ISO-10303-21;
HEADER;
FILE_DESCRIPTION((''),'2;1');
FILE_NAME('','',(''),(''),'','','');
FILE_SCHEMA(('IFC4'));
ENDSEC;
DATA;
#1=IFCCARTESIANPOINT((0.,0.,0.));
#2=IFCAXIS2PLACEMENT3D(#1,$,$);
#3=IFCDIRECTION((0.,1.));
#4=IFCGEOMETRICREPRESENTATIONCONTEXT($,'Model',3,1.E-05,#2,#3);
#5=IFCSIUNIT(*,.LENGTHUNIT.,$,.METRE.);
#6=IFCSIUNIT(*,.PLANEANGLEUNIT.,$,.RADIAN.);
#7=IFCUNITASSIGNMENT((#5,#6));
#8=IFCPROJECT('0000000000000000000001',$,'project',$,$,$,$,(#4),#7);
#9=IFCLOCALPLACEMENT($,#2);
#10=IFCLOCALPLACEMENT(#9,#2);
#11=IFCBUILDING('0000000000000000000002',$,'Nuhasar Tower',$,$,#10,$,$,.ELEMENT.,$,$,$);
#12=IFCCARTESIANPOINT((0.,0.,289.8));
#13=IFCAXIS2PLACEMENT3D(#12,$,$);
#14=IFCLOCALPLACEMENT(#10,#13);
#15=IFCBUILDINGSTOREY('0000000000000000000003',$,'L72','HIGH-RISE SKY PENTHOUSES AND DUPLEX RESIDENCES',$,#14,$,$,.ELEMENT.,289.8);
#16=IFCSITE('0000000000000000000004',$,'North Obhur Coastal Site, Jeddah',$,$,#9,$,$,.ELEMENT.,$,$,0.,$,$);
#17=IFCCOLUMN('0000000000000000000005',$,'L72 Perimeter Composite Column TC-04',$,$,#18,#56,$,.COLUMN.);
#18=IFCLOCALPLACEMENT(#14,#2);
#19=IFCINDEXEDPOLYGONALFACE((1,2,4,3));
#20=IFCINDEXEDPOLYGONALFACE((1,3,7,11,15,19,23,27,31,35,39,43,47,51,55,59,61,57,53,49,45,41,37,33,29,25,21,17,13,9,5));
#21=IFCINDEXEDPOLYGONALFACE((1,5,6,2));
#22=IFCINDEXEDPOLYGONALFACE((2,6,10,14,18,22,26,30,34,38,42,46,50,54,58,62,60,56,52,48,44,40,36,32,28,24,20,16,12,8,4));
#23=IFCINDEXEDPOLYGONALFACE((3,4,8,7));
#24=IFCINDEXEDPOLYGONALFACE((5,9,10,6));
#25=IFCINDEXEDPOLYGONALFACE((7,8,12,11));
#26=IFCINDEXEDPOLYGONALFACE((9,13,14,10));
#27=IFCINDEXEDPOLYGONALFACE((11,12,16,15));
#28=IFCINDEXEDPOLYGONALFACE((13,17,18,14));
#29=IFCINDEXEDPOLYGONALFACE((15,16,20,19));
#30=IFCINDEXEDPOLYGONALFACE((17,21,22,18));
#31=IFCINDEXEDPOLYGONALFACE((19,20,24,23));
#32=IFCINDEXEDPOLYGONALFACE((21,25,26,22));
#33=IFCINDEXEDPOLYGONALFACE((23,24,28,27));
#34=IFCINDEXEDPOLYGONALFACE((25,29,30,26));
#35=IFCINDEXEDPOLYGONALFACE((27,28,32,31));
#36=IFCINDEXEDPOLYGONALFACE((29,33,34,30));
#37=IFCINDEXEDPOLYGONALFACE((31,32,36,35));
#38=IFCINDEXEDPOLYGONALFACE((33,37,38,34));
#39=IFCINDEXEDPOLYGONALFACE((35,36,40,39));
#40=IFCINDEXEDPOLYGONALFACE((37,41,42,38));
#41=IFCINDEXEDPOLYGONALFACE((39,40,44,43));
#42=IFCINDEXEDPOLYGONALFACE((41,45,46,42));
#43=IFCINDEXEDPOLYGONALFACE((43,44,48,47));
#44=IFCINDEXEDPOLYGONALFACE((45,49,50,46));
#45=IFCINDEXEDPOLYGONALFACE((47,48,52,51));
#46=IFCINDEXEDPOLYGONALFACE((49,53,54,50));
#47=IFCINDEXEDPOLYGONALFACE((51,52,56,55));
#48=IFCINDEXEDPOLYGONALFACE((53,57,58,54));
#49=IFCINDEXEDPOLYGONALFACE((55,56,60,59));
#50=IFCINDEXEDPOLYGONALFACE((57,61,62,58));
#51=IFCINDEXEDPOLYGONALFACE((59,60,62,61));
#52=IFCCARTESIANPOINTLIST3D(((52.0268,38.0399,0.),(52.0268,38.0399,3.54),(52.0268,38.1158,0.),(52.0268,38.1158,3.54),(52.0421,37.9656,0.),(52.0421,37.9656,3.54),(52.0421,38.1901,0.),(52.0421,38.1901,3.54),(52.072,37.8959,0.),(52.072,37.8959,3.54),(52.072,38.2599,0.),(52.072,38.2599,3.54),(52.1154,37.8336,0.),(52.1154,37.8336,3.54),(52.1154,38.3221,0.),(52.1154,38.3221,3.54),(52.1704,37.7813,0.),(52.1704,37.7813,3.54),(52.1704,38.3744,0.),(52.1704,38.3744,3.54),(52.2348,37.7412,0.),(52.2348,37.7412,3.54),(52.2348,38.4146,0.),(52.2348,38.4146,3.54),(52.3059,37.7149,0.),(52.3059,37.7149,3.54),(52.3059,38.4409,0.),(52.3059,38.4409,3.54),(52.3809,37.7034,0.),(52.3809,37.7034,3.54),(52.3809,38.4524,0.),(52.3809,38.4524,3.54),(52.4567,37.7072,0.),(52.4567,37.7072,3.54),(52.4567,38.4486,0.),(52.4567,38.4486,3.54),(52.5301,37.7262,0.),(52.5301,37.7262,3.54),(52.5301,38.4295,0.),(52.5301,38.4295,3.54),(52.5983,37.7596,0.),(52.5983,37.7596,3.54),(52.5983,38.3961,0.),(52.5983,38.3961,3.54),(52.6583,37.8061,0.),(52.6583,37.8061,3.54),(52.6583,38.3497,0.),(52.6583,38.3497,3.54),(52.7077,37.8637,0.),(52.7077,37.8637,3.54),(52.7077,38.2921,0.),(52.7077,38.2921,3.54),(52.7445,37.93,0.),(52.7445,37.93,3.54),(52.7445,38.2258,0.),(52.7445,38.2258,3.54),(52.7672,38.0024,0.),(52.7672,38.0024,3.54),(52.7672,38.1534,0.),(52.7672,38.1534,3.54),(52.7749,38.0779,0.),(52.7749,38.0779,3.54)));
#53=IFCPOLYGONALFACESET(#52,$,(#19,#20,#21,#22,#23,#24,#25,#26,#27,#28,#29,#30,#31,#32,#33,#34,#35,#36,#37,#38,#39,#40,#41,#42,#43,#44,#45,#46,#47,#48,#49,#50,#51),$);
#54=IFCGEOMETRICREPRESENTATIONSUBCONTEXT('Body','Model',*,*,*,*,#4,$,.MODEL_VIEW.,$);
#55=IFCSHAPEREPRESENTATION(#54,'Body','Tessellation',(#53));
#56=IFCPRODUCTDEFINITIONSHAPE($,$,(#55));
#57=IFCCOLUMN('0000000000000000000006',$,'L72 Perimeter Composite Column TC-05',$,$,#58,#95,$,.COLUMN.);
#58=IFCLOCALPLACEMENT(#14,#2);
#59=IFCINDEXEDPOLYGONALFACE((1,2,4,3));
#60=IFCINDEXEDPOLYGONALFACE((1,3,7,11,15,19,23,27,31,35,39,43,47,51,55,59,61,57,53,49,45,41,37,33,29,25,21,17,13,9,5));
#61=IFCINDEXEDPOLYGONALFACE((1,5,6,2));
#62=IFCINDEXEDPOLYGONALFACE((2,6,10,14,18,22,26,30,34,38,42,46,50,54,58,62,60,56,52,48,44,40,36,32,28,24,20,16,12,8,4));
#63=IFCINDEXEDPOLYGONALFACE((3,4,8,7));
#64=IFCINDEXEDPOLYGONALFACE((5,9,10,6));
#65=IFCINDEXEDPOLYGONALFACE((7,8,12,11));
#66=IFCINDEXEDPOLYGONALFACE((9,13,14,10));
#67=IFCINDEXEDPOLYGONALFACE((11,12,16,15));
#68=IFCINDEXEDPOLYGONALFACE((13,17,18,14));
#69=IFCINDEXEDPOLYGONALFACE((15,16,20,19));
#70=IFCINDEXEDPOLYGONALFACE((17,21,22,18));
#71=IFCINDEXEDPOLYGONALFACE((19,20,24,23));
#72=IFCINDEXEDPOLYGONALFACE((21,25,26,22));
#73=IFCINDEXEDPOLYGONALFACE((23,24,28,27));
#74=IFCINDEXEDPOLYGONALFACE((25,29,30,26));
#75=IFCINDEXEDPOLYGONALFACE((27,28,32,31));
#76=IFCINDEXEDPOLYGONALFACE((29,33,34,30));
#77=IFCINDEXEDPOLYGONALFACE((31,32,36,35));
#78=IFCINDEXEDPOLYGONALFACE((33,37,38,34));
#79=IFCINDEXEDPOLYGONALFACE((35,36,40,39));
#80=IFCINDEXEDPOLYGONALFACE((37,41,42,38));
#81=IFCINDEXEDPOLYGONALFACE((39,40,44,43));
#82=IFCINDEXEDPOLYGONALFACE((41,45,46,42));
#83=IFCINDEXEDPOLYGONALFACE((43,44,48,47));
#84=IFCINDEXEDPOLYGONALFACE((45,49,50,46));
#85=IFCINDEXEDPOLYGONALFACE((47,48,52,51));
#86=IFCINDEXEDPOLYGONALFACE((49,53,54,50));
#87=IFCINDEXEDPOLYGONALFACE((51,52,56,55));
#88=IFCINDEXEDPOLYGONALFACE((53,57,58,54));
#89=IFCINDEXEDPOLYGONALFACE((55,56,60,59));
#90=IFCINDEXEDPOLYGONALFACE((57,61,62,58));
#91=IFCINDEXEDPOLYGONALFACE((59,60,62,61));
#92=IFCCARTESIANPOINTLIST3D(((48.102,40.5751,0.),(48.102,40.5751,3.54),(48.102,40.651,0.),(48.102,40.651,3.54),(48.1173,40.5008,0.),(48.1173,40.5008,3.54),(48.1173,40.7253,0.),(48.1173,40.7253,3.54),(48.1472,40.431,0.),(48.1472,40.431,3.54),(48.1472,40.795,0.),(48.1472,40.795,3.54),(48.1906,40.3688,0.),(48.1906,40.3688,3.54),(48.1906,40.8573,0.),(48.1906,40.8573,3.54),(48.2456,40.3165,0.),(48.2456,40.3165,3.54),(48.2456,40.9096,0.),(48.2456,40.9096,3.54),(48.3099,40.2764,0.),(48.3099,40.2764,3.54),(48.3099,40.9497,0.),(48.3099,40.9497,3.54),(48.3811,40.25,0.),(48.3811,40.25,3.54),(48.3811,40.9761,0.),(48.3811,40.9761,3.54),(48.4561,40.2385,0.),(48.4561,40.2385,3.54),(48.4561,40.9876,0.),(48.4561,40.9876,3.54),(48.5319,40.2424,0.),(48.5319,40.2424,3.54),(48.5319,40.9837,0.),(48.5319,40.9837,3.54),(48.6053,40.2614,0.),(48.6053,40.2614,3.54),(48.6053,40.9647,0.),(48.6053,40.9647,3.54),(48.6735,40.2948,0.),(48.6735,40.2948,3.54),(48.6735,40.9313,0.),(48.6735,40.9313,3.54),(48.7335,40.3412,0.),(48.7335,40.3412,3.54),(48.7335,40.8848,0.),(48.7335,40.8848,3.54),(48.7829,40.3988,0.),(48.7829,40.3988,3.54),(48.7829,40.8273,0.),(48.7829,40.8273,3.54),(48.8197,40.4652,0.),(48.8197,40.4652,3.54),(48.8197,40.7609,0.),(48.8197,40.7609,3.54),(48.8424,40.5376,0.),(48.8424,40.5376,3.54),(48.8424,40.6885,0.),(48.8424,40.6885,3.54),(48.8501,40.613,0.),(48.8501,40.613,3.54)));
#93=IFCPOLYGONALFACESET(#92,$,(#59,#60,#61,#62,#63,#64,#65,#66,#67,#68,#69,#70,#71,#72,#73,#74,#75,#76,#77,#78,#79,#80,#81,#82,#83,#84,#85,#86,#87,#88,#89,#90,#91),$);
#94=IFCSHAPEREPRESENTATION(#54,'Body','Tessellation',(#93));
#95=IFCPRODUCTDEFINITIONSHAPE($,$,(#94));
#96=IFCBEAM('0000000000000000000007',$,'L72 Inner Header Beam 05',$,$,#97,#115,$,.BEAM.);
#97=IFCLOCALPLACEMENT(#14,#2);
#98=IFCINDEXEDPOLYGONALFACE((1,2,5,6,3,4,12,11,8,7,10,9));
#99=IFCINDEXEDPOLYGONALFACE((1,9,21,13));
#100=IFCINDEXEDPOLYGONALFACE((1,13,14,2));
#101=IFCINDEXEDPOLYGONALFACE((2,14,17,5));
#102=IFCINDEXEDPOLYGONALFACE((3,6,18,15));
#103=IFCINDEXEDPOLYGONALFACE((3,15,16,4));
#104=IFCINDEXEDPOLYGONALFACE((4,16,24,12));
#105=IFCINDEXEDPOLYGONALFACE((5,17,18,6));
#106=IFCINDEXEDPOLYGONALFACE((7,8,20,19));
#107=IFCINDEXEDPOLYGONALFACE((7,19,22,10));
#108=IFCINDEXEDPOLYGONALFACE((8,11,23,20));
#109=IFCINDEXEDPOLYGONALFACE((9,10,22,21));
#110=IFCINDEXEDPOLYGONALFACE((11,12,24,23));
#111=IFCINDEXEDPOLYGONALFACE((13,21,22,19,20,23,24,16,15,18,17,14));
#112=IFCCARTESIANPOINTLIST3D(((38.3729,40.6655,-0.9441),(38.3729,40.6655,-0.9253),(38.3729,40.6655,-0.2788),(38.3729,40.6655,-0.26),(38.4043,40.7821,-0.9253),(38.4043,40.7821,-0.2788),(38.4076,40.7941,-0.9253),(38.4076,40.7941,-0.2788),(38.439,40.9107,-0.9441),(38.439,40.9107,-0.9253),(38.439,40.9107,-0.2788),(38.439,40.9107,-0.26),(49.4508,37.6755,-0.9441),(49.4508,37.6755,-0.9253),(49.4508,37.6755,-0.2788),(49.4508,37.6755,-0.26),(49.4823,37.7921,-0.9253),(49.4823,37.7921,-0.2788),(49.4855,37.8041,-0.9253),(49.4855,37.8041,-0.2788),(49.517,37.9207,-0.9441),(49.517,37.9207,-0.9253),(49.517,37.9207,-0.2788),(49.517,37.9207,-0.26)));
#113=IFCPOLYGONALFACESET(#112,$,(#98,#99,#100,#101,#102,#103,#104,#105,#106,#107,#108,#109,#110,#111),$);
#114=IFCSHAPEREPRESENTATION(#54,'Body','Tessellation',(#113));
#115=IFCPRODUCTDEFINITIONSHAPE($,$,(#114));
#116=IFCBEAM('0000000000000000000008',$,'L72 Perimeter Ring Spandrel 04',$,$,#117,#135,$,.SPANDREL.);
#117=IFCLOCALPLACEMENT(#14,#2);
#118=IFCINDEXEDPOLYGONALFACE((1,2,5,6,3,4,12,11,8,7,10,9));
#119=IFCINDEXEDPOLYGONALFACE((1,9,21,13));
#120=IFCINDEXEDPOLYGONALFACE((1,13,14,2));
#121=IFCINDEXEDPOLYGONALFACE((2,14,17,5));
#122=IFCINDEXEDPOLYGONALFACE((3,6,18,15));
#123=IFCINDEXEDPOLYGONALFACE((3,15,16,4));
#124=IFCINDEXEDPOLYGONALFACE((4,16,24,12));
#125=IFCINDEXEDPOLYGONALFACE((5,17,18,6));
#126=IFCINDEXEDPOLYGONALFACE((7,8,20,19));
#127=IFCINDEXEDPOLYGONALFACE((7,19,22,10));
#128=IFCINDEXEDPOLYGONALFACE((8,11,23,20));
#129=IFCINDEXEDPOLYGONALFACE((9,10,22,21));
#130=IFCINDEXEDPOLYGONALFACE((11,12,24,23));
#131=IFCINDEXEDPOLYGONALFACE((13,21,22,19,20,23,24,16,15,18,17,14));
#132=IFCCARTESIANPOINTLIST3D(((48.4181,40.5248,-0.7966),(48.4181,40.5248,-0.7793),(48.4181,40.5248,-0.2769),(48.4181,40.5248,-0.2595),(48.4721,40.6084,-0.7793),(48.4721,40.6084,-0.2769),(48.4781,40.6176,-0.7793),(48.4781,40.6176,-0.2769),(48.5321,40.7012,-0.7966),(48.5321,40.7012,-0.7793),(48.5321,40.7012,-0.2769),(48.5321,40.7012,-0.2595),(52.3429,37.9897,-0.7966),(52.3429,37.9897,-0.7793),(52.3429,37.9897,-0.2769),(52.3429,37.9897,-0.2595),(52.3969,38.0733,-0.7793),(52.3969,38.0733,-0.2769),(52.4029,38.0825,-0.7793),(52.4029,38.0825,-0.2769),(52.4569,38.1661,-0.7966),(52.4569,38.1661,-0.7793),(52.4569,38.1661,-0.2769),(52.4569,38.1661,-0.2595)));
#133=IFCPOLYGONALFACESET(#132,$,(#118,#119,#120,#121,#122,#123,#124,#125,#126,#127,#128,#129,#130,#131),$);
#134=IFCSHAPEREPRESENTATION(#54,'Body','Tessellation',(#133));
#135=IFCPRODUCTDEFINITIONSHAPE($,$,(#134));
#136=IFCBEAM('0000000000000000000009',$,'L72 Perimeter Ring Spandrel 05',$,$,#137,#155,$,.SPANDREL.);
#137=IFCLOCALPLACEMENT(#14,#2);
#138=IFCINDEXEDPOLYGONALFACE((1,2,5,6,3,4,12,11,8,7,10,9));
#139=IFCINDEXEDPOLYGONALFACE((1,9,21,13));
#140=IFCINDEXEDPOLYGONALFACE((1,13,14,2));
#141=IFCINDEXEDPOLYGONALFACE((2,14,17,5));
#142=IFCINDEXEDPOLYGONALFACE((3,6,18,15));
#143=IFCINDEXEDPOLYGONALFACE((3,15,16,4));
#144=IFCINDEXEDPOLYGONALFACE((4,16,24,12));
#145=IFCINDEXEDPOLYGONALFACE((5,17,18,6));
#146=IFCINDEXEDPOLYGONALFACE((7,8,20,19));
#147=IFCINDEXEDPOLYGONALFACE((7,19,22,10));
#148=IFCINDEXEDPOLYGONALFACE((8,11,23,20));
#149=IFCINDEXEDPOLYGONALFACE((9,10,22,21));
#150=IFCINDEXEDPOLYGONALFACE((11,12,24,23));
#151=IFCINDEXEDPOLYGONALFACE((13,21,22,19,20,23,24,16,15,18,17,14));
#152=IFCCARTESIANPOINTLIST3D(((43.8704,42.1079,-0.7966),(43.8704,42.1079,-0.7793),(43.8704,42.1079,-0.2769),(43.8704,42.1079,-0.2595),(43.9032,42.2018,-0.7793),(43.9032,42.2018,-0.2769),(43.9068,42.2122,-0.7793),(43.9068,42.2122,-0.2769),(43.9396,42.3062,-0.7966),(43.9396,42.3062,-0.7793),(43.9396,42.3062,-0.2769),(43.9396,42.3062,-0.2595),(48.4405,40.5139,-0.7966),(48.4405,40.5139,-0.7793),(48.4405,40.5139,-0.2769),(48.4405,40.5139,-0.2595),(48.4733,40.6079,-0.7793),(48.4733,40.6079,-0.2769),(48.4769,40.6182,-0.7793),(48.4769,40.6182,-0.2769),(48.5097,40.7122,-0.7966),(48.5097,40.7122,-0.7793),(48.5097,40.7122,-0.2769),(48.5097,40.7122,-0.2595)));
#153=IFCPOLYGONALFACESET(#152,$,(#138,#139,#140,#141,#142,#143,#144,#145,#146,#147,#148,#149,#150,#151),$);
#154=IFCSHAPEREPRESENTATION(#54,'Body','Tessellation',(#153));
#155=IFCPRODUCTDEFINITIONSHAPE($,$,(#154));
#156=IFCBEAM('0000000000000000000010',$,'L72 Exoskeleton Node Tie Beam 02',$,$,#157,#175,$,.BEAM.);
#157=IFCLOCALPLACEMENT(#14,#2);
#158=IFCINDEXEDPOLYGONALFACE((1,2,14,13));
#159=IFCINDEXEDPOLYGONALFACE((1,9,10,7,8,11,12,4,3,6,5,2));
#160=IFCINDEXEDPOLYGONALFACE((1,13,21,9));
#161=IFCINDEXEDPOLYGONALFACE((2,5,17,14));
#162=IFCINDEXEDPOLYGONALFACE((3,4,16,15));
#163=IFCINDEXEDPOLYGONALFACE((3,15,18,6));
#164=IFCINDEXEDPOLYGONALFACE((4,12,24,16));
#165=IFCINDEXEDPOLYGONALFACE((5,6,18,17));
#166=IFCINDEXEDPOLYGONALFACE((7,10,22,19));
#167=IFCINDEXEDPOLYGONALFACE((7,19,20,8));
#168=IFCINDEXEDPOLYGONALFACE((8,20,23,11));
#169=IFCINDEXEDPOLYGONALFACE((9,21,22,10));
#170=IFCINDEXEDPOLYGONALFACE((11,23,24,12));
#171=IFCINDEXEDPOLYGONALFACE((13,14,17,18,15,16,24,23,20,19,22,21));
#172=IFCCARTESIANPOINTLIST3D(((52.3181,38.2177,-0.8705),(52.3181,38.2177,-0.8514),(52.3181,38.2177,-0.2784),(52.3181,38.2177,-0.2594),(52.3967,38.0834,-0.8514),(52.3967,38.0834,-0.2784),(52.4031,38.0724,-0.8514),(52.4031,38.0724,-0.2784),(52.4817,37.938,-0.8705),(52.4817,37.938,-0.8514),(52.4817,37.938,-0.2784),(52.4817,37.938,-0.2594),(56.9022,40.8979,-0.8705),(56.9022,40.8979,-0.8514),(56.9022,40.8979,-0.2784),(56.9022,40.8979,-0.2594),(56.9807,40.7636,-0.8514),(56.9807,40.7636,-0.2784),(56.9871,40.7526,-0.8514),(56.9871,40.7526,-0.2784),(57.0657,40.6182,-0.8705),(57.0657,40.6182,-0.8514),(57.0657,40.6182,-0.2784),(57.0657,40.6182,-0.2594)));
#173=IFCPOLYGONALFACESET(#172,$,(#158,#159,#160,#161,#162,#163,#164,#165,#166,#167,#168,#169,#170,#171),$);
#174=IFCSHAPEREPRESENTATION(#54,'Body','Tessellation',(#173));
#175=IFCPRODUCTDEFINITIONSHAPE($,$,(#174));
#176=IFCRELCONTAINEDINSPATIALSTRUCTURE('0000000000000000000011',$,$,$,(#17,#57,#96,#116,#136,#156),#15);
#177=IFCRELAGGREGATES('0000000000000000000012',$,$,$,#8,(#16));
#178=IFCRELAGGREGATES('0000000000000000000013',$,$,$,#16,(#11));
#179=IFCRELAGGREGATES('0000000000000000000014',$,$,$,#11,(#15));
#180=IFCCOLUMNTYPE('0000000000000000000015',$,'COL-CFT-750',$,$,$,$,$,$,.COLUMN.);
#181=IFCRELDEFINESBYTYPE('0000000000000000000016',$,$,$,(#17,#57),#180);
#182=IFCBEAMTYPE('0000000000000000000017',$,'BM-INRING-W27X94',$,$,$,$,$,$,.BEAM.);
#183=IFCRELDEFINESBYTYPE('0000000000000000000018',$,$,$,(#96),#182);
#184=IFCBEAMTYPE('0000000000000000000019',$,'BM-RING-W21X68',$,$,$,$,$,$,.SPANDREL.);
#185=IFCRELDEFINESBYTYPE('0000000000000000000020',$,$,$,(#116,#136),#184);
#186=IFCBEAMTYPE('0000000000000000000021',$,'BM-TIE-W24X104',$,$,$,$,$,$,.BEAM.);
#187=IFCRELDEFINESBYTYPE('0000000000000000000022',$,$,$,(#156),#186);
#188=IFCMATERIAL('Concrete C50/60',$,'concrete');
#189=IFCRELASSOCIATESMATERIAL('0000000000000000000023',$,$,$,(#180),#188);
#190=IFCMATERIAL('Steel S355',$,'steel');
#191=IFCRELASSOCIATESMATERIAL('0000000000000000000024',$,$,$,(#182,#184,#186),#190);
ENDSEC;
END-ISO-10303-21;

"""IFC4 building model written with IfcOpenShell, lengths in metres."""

from ifc_helpers import new_model, si_unit, direction, frame, origin, origin_2d, place, context, subcontext, project, spatial, circle, i_section, extrude, material, material_profile, profile_set, type_object, element, save


model = new_model("IFC4")

# Units and contexts
model_context = context("Model", 3, precision=1e-05, world=origin(), true_north=direction((0.0, 1.0)))
body_context = subcontext(model_context, "Body", "Model", "MODEL_VIEW")
ifc_project = project(units=[si_unit("LENGTHUNIT", "METRE"), si_unit("PLANEANGLEUNIT", "RADIAN")], contexts=[model_context])

# Site, building, storey
site_placement = place(None, origin())
site = spatial("IfcSite", under=ifc_project, at=site_placement, Name="North Obhur Coastal Site, Jeddah", CompositionType="ELEMENT", RefElevation=0.0)
building_placement = place(site_placement, origin())
building = spatial("IfcBuilding", under=site, at=building_placement, Name="Nuhasar Tower", CompositionType="ELEMENT")
storey_placement = place(building_placement, frame((0.0, 0.0, 289.8)))
storey = spatial("IfcBuildingStorey", under=building, at=storey_placement, Name="L72", Description="HIGH-RISE SKY PENTHOUSES AND DUPLEX RESIDENCES", CompositionType="ELEMENT", Elevation=289.8)

# Columns
ifc_material_1 = material(Name="Concrete C50/60", Category="concrete")
ifc_material_profile_1 = material_profile(ifc_material_1, circle(Radius=0.375, at=origin_2d()), Name="CFT750")
ifc_profile_set_1 = profile_set([ifc_material_profile_1], Name="Concrete C50/60")
column_type = type_object("IfcColumnType", Name="COL-CFT-750", PredefinedType="COLUMN", material=ifc_profile_set_1)
for number, where, z_axis, x_axis, name in (
    (1, (52.3999, 38.0779, 0.0), (0.0, 0.0, 1.0), (1.0, 0.0, 0.0), "L72 Perimeter Composite Column TC-04"),
    (2, (48.4751, 40.613, 0.0), (0.0, 0.0, 1.0), (1.0, 0.0, 0.0), "L72 Perimeter Composite Column TC-05"),
):
    element("IfcColumn", number, at=place(storey_placement, frame(where, z_axis=z_axis, x_axis=x_axis)), inside=storey, type_object=column_type, Name=name, PredefinedType="COLUMN", context=body_context, shape_type="SweptSolid", body=[
        extrude(circle(Radius=0.375, at=origin_2d()), origin(), (0.0, 0.0, 1.0), 3.54),
    ])

# Beams
ifc_material_2 = material(Name="Steel S355", Category="steel")
ifc_material_profile_2 = material_profile(ifc_material_2, i_section(OverallWidth=0.2539, OverallDepth=0.6841, WebThickness=0.0125, FlangeThickness=0.0188, at=origin_2d()), Name="W27X94")
ifc_profile_set_2 = profile_set([ifc_material_profile_2], Name="Steel S355")
beam_type_1 = type_object("IfcBeamType", Name="BM-INRING-W27X94", PredefinedType="BEAM", material=ifc_profile_set_2)
beam_1_placement = place(storey_placement, frame((49.4839, 37.7981, -0.6021), z_axis=(-0.965452, 0.260582, 0.0), x_axis=(-0.260582, -0.965452, 0.0)))
element("IfcBeam", 3, at=beam_1_placement, inside=storey, type_object=beam_type_1, Name="L72 Inner Header Beam 05", PredefinedType="BEAM", context=body_context, shape_type="SweptSolid", body=[
    extrude(i_section(OverallWidth=0.2539, OverallDepth=0.6841, WebThickness=0.0125, FlangeThickness=0.0188, at=origin_2d()), origin(), (0.0, 0.0, 1.0), 11.4744),
])
ifc_material_profile_3 = material_profile(ifc_material_2, i_section(OverallWidth=0.21, OverallDepth=0.5371, WebThickness=0.011, FlangeThickness=0.0173, at=origin_2d()), Name="W21X68")
ifc_profile_set_3 = profile_set([ifc_material_profile_3], Name="Steel S355")
beam_type_2 = type_object("IfcBeamType", Name="BM-RING-W21X68", PredefinedType="SPANDREL", material=ifc_profile_set_3)
beam_2_placement = place(storey_placement, frame((52.3999, 38.0779, -0.5281), z_axis=(-0.840002, 0.542584, 0.0), x_axis=(-0.542584, -0.840002, 0.0)))
element("IfcBeam", 4, at=beam_2_placement, inside=storey, type_object=beam_type_2, Name="L72 Perimeter Ring Spandrel 04", PredefinedType="SPANDREL", context=body_context, shape_type="SweptSolid", body=[
    extrude(i_section(OverallWidth=0.21, OverallDepth=0.5371, WebThickness=0.011, FlangeThickness=0.0173, at=origin_2d()), origin(), (0.0, 0.0, 1.0), 4.6724),
])
beam_3_placement = place(storey_placement, frame((48.4751, 40.613, -0.5281), z_axis=(-0.944214, 0.329332, 0.0), x_axis=(-0.329332, -0.944214, 0.0)))
element("IfcBeam", 5, at=beam_3_placement, inside=storey, type_object=beam_type_2, Name="L72 Perimeter Ring Spandrel 05", PredefinedType="SPANDREL", context=body_context, shape_type="SweptSolid", body=[
    extrude(i_section(OverallWidth=0.21, OverallDepth=0.5371, WebThickness=0.011, FlangeThickness=0.0173, at=origin_2d()), origin(), (0.0, 0.0, 1.0), 4.8401),
])
ifc_material_profile_4 = material_profile(ifc_material_2, i_section(OverallWidth=0.324, OverallDepth=0.6111, WebThickness=0.0127, FlangeThickness=0.019, at=origin_2d()), Name="W24X104")
ifc_profile_set_4 = profile_set([ifc_material_profile_4], Name="Steel S355")
beam_type_3 = type_object("IfcBeamType", Name="BM-TIE-W24X104", PredefinedType="BEAM", material=ifc_profile_set_4)
beam_4_placement = place(storey_placement, frame((52.3999, 38.0779, -0.5649), z_axis=(0.863272, 0.50474, 0.0), x_axis=(-0.50474, 0.863272, 0.0)))
element("IfcBeam", 6, at=beam_4_placement, inside=storey, type_object=beam_type_3, Name="L72 Exoskeleton Node Tie Beam 02", PredefinedType="BEAM", context=body_context, shape_type="SweptSolid", body=[
    extrude(i_section(OverallWidth=0.324, OverallDepth=0.6111, WebThickness=0.0127, FlangeThickness=0.019, at=origin_2d()), origin(), (0.0, 0.0, 1.0), 5.3101),
])

save(model, "model.ifc")
